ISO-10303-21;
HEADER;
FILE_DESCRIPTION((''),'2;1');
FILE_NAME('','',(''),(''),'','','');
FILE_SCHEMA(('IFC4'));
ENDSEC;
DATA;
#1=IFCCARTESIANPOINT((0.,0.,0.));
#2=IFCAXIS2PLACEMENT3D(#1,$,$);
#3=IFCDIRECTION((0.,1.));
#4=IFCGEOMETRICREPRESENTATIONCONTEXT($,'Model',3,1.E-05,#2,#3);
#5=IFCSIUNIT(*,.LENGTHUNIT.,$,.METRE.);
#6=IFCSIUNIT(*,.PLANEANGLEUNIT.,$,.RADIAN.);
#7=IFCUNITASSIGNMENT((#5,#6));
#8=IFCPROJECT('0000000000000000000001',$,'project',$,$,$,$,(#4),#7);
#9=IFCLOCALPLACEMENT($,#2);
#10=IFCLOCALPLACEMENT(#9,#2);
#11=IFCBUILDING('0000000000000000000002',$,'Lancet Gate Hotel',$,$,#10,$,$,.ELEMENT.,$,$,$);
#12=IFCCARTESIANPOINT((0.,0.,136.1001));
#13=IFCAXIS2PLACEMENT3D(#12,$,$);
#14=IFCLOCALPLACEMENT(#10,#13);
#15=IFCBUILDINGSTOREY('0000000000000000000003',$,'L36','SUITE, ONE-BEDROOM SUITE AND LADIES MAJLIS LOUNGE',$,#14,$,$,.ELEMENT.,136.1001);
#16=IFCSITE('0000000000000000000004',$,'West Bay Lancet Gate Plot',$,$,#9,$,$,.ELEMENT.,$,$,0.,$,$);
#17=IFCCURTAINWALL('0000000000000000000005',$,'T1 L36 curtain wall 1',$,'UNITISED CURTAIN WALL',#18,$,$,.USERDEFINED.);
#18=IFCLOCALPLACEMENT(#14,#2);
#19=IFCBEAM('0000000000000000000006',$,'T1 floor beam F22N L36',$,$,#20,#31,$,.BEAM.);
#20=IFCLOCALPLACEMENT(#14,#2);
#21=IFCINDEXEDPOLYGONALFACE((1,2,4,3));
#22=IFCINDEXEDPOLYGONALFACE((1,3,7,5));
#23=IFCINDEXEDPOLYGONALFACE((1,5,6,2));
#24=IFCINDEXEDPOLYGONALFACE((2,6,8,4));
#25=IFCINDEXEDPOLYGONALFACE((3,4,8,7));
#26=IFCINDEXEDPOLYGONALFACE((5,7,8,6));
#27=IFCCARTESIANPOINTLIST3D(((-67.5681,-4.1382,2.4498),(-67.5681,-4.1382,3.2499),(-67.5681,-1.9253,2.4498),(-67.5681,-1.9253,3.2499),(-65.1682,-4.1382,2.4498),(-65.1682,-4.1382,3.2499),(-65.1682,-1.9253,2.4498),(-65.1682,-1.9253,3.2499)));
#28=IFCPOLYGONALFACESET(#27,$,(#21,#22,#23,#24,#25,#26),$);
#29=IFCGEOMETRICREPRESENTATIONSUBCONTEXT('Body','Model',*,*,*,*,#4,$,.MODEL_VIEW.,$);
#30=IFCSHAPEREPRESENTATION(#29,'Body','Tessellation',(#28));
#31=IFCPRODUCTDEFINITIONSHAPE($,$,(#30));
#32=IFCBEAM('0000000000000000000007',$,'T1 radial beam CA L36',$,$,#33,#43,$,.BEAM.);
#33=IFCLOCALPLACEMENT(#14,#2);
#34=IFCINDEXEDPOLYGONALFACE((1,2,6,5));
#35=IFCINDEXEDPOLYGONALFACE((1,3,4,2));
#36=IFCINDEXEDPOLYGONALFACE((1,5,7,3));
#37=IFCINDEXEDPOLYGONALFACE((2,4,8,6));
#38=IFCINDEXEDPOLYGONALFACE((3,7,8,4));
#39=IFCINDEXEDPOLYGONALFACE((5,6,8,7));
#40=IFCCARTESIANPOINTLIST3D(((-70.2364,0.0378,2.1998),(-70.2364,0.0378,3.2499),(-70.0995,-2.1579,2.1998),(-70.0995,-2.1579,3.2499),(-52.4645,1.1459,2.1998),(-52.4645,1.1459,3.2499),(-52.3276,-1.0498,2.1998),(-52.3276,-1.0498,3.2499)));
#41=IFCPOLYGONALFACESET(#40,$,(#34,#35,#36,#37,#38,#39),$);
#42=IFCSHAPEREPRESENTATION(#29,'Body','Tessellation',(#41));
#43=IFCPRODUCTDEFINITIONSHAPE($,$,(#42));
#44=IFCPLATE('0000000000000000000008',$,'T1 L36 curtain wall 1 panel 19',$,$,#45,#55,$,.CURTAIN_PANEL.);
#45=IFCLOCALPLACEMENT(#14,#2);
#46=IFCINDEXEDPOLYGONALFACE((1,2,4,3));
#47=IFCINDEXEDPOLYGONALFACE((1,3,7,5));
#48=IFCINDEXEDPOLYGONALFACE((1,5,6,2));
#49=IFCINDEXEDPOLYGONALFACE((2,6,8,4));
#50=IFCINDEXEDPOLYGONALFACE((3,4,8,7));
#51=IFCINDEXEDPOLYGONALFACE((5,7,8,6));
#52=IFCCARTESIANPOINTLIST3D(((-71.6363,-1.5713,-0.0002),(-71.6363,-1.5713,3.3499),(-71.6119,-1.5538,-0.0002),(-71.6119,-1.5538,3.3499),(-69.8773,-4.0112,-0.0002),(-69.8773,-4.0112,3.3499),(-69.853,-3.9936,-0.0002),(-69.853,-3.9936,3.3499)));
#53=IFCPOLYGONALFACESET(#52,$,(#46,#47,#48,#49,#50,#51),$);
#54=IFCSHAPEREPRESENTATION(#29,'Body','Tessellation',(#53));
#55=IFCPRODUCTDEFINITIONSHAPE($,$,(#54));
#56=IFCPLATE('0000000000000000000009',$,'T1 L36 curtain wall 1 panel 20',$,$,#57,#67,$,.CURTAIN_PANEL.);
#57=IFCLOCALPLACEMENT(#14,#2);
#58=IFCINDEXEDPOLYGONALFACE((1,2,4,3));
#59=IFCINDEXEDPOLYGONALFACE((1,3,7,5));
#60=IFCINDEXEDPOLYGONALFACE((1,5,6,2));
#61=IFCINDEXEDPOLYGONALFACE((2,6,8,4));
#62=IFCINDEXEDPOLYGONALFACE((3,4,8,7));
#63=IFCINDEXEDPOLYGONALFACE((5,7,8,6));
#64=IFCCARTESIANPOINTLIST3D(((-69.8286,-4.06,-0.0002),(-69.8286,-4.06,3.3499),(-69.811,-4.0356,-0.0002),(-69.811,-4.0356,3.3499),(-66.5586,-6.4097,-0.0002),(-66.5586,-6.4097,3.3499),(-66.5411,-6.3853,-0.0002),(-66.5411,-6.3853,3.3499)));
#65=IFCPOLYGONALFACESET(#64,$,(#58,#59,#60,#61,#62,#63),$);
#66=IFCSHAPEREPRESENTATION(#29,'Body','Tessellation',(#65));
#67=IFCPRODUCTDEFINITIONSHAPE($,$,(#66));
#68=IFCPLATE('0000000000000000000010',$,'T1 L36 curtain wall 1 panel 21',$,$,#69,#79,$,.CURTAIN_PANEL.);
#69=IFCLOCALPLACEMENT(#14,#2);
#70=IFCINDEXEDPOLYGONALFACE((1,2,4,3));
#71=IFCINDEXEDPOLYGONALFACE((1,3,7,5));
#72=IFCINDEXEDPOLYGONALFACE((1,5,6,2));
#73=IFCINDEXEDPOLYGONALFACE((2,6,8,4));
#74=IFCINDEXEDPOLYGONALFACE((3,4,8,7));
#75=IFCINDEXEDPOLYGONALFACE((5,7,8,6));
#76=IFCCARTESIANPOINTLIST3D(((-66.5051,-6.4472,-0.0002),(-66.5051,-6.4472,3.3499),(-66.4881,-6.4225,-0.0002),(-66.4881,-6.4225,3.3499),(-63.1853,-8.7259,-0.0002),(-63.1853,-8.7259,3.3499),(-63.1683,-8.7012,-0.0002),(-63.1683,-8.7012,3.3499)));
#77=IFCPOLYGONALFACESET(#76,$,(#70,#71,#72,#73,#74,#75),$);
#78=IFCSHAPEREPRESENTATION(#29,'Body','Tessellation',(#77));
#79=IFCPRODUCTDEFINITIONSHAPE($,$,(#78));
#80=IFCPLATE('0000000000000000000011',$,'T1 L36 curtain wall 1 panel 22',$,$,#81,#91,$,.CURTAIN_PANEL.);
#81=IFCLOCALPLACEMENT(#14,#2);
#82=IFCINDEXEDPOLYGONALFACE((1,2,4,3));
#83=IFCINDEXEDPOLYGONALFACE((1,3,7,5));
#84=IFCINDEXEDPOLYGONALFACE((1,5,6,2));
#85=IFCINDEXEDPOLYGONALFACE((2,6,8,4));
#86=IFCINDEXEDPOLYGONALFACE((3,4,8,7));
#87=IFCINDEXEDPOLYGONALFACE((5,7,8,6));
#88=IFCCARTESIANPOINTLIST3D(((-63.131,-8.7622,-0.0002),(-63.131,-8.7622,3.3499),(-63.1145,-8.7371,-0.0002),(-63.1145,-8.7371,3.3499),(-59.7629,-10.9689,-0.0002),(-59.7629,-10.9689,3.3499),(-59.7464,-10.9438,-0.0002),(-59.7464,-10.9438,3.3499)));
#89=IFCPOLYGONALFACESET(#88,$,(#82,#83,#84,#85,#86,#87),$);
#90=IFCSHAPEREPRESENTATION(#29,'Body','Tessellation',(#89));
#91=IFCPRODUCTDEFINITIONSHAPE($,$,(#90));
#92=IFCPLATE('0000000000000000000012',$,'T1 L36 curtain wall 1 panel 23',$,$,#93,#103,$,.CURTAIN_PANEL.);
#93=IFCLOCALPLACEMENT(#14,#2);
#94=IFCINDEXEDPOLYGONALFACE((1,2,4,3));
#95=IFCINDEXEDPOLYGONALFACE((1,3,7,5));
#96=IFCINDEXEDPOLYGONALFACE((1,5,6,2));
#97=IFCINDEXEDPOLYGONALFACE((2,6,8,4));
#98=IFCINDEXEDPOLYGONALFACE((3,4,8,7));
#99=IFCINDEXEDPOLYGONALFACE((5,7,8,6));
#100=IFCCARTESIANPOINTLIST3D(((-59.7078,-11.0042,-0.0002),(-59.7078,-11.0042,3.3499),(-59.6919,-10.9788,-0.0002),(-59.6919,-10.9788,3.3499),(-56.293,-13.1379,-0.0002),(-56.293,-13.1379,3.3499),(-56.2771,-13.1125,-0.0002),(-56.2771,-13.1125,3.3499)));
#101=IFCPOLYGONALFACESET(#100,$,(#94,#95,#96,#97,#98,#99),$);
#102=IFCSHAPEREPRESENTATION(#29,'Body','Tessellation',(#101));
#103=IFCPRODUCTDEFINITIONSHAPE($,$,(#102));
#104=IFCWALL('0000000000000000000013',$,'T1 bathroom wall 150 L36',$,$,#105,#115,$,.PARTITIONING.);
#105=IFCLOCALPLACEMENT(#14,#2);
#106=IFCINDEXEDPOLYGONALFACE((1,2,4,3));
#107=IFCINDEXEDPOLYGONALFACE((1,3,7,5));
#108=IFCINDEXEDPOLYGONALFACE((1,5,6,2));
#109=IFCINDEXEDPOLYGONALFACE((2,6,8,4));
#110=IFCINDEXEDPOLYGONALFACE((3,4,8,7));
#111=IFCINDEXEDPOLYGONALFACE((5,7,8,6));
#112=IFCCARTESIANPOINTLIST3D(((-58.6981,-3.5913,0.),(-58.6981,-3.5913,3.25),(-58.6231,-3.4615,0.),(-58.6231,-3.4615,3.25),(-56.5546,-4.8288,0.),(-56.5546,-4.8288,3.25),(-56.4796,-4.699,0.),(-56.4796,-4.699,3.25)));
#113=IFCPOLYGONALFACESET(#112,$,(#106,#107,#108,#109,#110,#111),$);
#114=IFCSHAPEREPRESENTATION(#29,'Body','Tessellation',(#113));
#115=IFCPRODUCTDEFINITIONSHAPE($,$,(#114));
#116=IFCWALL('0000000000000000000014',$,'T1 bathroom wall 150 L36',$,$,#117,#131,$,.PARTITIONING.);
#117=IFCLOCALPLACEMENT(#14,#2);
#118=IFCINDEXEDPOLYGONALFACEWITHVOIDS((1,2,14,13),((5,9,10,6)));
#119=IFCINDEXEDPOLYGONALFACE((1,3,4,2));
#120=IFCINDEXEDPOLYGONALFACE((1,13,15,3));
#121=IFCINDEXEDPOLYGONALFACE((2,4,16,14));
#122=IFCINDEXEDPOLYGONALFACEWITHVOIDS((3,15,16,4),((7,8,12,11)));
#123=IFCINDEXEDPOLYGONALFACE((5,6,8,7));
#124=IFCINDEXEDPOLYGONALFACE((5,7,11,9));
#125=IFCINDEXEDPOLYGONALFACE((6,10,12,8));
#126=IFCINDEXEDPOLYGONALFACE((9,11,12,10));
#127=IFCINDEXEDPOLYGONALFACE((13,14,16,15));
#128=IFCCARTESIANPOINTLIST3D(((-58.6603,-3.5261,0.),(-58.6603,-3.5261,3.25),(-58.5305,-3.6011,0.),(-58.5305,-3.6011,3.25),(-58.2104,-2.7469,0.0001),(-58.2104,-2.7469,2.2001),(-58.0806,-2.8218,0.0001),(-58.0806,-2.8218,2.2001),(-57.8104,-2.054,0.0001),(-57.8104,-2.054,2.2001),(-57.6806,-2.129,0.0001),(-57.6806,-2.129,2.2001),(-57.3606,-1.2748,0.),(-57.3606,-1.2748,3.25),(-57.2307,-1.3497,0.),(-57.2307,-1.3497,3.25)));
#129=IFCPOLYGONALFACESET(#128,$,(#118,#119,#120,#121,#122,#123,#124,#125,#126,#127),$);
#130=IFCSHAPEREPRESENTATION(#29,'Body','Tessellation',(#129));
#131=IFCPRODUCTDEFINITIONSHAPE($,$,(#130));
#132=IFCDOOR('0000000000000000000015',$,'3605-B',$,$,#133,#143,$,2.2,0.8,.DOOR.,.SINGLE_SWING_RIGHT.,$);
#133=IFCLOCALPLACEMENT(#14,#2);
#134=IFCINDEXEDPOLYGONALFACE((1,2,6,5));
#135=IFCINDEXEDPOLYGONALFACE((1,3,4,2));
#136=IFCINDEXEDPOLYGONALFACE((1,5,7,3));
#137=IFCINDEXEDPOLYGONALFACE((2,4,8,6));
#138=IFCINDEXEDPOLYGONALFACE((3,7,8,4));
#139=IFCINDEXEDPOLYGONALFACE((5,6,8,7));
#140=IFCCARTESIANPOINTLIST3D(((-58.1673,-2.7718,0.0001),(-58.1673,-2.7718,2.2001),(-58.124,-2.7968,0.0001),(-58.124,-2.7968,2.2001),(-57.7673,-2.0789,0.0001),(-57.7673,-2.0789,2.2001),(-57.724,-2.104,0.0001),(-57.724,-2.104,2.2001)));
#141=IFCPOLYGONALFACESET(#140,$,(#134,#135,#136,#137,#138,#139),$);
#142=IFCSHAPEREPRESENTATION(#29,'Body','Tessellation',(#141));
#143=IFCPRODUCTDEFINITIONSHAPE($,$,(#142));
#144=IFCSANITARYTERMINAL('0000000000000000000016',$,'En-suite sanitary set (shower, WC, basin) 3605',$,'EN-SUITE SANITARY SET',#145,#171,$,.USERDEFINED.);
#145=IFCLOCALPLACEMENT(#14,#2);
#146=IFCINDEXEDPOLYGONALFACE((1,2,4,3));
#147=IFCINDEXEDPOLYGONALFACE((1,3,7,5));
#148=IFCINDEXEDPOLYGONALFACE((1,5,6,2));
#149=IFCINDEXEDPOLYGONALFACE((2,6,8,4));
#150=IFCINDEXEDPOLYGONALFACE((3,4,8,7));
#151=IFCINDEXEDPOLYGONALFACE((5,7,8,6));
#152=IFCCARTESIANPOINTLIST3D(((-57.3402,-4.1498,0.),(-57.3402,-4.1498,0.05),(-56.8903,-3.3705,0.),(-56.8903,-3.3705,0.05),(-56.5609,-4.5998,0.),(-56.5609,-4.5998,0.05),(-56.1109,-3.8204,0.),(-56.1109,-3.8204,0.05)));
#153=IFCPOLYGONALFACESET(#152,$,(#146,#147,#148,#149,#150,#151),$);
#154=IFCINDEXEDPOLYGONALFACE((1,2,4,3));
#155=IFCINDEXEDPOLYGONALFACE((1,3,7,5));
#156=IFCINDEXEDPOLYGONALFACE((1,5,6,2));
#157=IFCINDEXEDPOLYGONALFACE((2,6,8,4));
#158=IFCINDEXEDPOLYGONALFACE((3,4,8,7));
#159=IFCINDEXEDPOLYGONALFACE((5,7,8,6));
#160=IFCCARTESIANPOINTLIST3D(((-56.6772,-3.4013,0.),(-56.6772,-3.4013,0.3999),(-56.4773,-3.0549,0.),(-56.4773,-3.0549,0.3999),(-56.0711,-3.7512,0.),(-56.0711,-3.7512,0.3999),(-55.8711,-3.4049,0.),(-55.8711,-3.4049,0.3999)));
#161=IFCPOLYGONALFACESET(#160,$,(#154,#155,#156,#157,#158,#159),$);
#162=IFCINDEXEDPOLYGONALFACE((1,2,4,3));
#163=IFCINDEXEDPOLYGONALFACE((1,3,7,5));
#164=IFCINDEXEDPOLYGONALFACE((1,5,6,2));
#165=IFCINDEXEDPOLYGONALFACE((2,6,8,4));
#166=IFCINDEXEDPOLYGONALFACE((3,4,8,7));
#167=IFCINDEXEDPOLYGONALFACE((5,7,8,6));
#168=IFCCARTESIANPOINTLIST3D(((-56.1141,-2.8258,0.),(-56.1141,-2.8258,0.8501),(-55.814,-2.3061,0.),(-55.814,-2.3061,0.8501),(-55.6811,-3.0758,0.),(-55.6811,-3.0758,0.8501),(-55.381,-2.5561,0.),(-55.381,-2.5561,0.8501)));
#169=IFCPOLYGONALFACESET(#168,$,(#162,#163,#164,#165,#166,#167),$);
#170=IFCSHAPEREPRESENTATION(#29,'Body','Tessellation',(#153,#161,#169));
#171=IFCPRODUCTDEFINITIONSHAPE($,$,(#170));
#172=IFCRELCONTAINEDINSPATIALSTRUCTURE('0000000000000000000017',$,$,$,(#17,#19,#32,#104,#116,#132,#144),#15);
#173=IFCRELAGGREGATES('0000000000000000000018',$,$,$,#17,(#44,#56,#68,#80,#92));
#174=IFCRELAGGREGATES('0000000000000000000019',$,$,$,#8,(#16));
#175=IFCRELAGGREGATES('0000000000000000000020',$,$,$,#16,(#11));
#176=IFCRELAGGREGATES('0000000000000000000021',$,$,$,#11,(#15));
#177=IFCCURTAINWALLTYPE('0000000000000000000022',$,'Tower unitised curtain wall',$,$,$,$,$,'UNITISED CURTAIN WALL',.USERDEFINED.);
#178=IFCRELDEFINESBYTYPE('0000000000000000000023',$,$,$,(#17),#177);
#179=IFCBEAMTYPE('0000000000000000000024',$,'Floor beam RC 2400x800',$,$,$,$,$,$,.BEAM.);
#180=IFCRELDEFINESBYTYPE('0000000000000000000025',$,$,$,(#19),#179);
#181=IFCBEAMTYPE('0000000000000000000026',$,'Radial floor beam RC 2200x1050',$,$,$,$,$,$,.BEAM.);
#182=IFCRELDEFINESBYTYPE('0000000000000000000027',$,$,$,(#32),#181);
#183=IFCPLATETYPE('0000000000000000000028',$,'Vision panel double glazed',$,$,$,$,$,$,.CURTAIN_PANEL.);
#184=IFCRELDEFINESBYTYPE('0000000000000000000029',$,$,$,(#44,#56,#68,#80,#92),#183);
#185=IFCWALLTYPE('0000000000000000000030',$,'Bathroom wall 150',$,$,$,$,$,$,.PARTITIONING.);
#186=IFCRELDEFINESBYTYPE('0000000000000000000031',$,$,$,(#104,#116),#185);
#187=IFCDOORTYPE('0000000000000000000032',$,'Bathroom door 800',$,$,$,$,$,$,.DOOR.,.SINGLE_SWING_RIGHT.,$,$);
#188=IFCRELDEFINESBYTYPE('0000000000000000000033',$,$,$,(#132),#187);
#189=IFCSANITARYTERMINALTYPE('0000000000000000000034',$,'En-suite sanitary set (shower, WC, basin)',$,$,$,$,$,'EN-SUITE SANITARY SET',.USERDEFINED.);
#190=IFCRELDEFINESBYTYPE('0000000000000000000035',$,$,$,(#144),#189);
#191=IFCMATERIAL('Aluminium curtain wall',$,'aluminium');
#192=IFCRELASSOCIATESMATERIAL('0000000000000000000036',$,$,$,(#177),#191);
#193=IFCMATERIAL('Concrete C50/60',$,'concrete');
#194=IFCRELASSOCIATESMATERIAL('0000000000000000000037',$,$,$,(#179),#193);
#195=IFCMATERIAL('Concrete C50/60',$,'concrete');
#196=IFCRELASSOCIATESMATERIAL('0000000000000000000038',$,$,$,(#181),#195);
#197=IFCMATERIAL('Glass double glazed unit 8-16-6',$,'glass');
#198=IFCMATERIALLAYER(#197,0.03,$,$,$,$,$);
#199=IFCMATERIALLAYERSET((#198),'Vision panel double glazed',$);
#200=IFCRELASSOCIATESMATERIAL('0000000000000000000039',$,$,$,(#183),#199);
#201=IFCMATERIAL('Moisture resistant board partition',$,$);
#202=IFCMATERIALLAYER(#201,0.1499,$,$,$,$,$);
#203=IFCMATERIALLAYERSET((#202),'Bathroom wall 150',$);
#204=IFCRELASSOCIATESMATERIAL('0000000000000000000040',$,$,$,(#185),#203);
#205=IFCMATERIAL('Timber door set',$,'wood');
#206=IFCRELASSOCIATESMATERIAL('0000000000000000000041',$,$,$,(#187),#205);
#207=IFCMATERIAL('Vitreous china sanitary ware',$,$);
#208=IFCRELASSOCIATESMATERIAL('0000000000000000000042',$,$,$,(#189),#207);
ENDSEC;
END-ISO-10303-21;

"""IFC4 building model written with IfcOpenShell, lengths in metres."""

from ifc_helpers import new_model, si_unit, direction, frame, frame_2d, origin, origin_2d, place, context, subcontext, project, spatial, rectangle, extrude, material, layer, layer_set, material_profile, profile_set, type_object, element, fill, aggregate, save


model = new_model("IFC4")

# Units and contexts
model_context = context("Model", 3, precision=1e-05, world=origin(), true_north=direction((0.0, 1.0)))
body_context = subcontext(model_context, "Body", "Model", "MODEL_VIEW")
ifc_project = project(units=[si_unit("LENGTHUNIT", "METRE"), si_unit("PLANEANGLEUNIT", "RADIAN")], contexts=[model_context])

# Site, building, storey
site_placement = place(None, origin())
site = spatial("IfcSite", under=ifc_project, at=site_placement, Name="West Bay Lancet Gate Plot", CompositionType="ELEMENT", RefElevation=0.0)
building_placement = place(site_placement, origin())
building = spatial("IfcBuilding", under=site, at=building_placement, Name="Lancet Gate Hotel", CompositionType="ELEMENT")
storey_placement = place(building_placement, frame((0.0, 0.0, 136.1001)))
storey = spatial("IfcBuildingStorey", under=building, at=storey_placement, Name="L36", Description="SUITE, ONE-BEDROOM SUITE AND LADIES MAJLIS LOUNGE", CompositionType="ELEMENT", Elevation=136.1001)

# Curtain wall
ifc_material_1 = material(Name="Aluminium curtain wall", Category="aluminium")
curtain_wall_type = type_object("IfcCurtainWallType", Name="Tower unitised curtain wall", ElementType="UNITISED CURTAIN WALL", PredefinedType="USERDEFINED", material=ifc_material_1)
curtain_wall_placement = place(storey_placement, origin())
curtain_wall = element("IfcCurtainWall", 1, at=curtain_wall_placement, inside=storey, type_object=curtain_wall_type, Name="T1 L36 curtain wall 1", ObjectType="UNITISED CURTAIN WALL", PredefinedType="USERDEFINED")

# Beams
ifc_material_2 = material(Name="Concrete C50/60", Category="concrete")
ifc_material_profile_1 = material_profile(ifc_material_2, rectangle(XDim=2.3999, YDim=0.8, at=origin_2d()), Name="RC 2400x800")
ifc_profile_set_1 = profile_set([ifc_material_profile_1], Name="Concrete C50/60")
beam_type_1 = type_object("IfcBeamType", Name="Floor beam RC 2400x800", PredefinedType="BEAM", material=ifc_profile_set_1)
beam_1_placement = place(storey_placement, frame((-66.3682, -1.9253, 2.8499), z_axis=(0.0, -1.0, 0.0), x_axis=(1.0, 0.0, 0.0)))
element("IfcBeam", 2, at=beam_1_placement, inside=storey, type_object=beam_type_1, Name="T1 floor beam F22N L36", PredefinedType="BEAM", context=body_context, shape_type="SweptSolid", body=[
    extrude(rectangle(XDim=2.3999, YDim=0.8, at=origin_2d()), origin(), (0.0, 0.0, 1.0), 2.2129),
])
ifc_material_3 = material(Name="Concrete C50/60", Category="concrete")
ifc_material_profile_2 = material_profile(ifc_material_3, rectangle(XDim=2.2, YDim=1.05, at=origin_2d()), Name="RC 2200x1050")
ifc_profile_set_2 = profile_set([ifc_material_profile_2], Name="Concrete C50/60")
beam_type_2 = type_object("IfcBeamType", Name="Radial floor beam RC 2200x1050", PredefinedType="BEAM", material=ifc_profile_set_2)
beam_2_placement = place(storey_placement, frame((-70.168, -1.0601, 2.7249), z_axis=(0.998062, 0.062233, 0.0), x_axis=(-0.062233, 0.998062, 0.0)))
element("IfcBeam", 3, at=beam_2_placement, inside=storey, type_object=beam_type_2, Name="T1 radial beam CA L36", PredefinedType="BEAM", context=body_context, shape_type="SweptSolid", body=[
    extrude(rectangle(XDim=2.2, YDim=1.05, at=origin_2d()), origin(), (0.0, 0.0, 1.0), 17.8064),
])

# Plates
ifc_material_4 = material(Name="Glass double glazed unit 8-16-6", Category="glass")
ifc_layer_1 = layer(ifc_material_4, 0.03)
ifc_layer_set_1 = layer_set([ifc_layer_1], Name="Vision panel double glazed")
plate_type = type_object("IfcPlateType", Name="Vision panel double glazed", PredefinedType="CURTAIN_PANEL", material=ifc_layer_set_1)
plate_1_placement = place(storey_placement, frame((-70.7446, -2.7825, -0.0002), z_axis=(0.0, 0.0, 1.0), x_axis=(0.584809, -0.811171, 0.0)))
plate_1 = element("IfcPlate", 4, at=plate_1_placement, type_object=plate_type, Name="T1 L36 curtain wall 1 panel 19", PredefinedType="CURTAIN_PANEL", context=body_context, shape_type="SweptSolid", body=[
    extrude(rectangle(XDim=3.0078, YDim=0.03, at=origin_2d()), origin(), (0.0, 0.0, 1.0), 3.3501),
])
plate_2_placement = place(storey_placement, frame((-68.1848, -5.2227, -0.0002), z_axis=(0.0, 0.0, 1.0), x_axis=(0.812093, -0.583528, 0.0)))
plate_2 = element("IfcPlate", 5, at=plate_2_placement, type_object=plate_type, Name="T1 L36 curtain wall 1 panel 20", PredefinedType="CURTAIN_PANEL", context=body_context, shape_type="SweptSolid", body=[
    extrude(rectangle(XDim=4.0266, YDim=0.03, at=origin_2d()), origin(), (0.0, 0.0, 1.0), 3.3501),
])
plate_3_placement = place(storey_placement, frame((-64.8367, -7.5742, -0.0002), z_axis=(0.0, 0.0, 1.0), x_axis=(0.824466, -0.565911, 0.0)))
plate_3 = element("IfcPlate", 6, at=plate_3_placement, type_object=plate_type, Name="T1 L36 curtain wall 1 panel 21", PredefinedType="CURTAIN_PANEL", context=body_context, shape_type="SweptSolid", body=[
    extrude(rectangle(XDim=4.0266, YDim=0.03, at=origin_2d()), origin(), (0.0, 0.0, 1.0), 3.3501),
])
plate_4_placement = place(storey_placement, frame((-61.4387, -9.853, -0.0002), z_axis=(0.0, 0.0, 1.0), x_axis=(0.836458, -0.548032, 0.0)))
plate_4 = element("IfcPlate", 7, at=plate_4_placement, type_object=plate_type, Name="T1 L36 curtain wall 1 panel 22", PredefinedType="CURTAIN_PANEL", context=body_context, shape_type="SweptSolid", body=[
    extrude(rectangle(XDim=4.0266, YDim=0.03, at=origin_2d()), origin(), (0.0, 0.0, 1.0), 3.3501),
])
plate_5_placement = place(storey_placement, frame((-57.9924, -12.0583, -0.0002), z_axis=(0.0, 0.0, 1.0), x_axis=(0.848061, -0.529899, 0.0)))
plate_5 = element("IfcPlate", 8, at=plate_5_placement, type_object=plate_type, Name="T1 L36 curtain wall 1 panel 23", PredefinedType="CURTAIN_PANEL", context=body_context, shape_type="SweptSolid", body=[
    extrude(rectangle(XDim=4.0266, YDim=0.03, at=origin_2d()), origin(), (0.0, 0.0, 1.0), 3.3501),
])
aggregate(curtain_wall, [plate_1, plate_2, plate_3, plate_4, plate_5])

# Wall
ifc_material_5 = material(Name="Moisture resistant board partition")
ifc_layer_2 = layer(ifc_material_5, 0.1499)
ifc_layer_set_2 = layer_set([ifc_layer_2], Name="Bathroom wall 150")
wall_type = type_object("IfcWallType", Name="Bathroom wall 150", PredefinedType="PARTITIONING", material=ifc_layer_set_2)
wall_1_placement = place(storey_placement, frame((-56.5171, -4.7639, 0.0), z_axis=(0.0, 0.0, 1.0), x_axis=(-0.866031, 0.49999, 0.0)))
element("IfcWall", 9, at=wall_1_placement, inside=storey, type_object=wall_type, Name="T1 bathroom wall 150 L36", PredefinedType="PARTITIONING", context=body_context, shape_type="SweptSolid", body=[
    extrude(rectangle(XDim=2.4751, YDim=0.1499, at=frame_2d((1.2375, 0.0))), origin(), (0.0, 0.0, 1.0), 3.25),
])

# Wall, opening, door
wall_2_placement = place(storey_placement, frame((-57.2957, -1.3123, 0.0), z_axis=(0.0, 0.0, 1.0), x_axis=(-0.499977, -0.866039, 0.0)))
wall_2 = element("IfcWall", 10, at=wall_2_placement, inside=storey, type_object=wall_type, Name="T1 bathroom wall 150 L36", PredefinedType="PARTITIONING", context=body_context, shape_type="SweptSolid", body=[
    extrude(rectangle(XDim=2.5996, YDim=0.1499, at=frame_2d((1.2998, 0.0))), origin(), (0.0, 0.0, 1.0), 3.25),
])
opening_placement = place(wall_2_placement, frame((0.8999, 0.0, 0.0)))
opening = element("IfcOpeningElement", 11, at=opening_placement, cuts=wall_2, PredefinedType="OPENING", context=body_context, shape_type="SweptSolid", body=[
    extrude(rectangle(XDim=0.8, YDim=2.2, at=frame_2d((0.3999, 1.1001))), frame((0.0, 0.085, 0.0), z_axis=(0.0, -1.0, 0.0), x_axis=(1.0, 0.0, 0.0)), (0.0, 0.0, 1.0), 0.1699),
])
ifc_material_6 = material(Name="Timber door set", Category="wood")
door_type = type_object("IfcDoorType", Name="Bathroom door 800", OperationType="SINGLE_SWING_RIGHT", PredefinedType="DOOR", material=ifc_material_6)
door_placement = place(opening_placement, origin())
door = element("IfcDoor", 12, at=door_placement, inside=storey, type_object=door_type, Name="3605-B", OperationType="SINGLE_SWING_RIGHT", OverallHeight=2.2, OverallWidth=0.8, PredefinedType="DOOR", context=body_context, shape_type="SweptSolid", body=[
    extrude(rectangle(XDim=0.8, YDim=2.2, at=frame_2d((0.3999, 1.1001))), frame((0.0, 0.0249, 0.0), z_axis=(0.0, -1.0, 0.0), x_axis=(1.0, 0.0, 0.0)), (0.0, 0.0, 1.0), 0.05),
])
fill(opening, door)

# Sanitary terminal
ifc_material_7 = material(Name="Vitreous china sanitary ware")
sanitary_terminal_type = type_object("IfcSanitaryTerminalType", Name="En-suite sanitary set (shower, WC, basin)", ElementType="EN-SUITE SANITARY SET", PredefinedType="USERDEFINED", material=ifc_material_7)
sanitary_terminal_placement = place(storey_placement, frame((-56.7256, -3.9851, 0.0), z_axis=(0.0, 0.0, 1.0), x_axis=(1.0, 0.0, 0.0)))
element("IfcSanitaryTerminal", 13, at=sanitary_terminal_placement, inside=storey, type_object=sanitary_terminal_type, Name="En-suite sanitary set (shower, WC, basin) 3605", ObjectType="EN-SUITE SANITARY SET", PredefinedType="USERDEFINED", context=body_context, shape_type="SweptSolid", body=[
    extrude(rectangle(XDim=0.8999, YDim=0.8999, at=origin_2d()), frame((0.0, 0.0, 0.0), z_axis=(0.0, 0.0, 1.0), x_axis=(-0.5, -0.866025, 0.0)), (0.0, 0.0, 1.0), 0.05),
    extrude(rectangle(XDim=0.3999, YDim=0.7, at=origin_2d()), frame((0.4514, 0.582, 0.0), z_axis=(0.0, 0.0, 1.0), x_axis=(-0.5, -0.866025, 0.0)), (0.0, 0.0, 1.0), 0.3999),
    extrude(rectangle(XDim=0.6001, YDim=0.5, at=origin_2d()), frame((0.978, 1.2942, 0.0), z_axis=(0.0, 0.0, 1.0), x_axis=(-0.5, -0.866025, 0.0)), (0.0, 0.0, 1.0), 0.8501),
])

save(model, "model.ifc")
